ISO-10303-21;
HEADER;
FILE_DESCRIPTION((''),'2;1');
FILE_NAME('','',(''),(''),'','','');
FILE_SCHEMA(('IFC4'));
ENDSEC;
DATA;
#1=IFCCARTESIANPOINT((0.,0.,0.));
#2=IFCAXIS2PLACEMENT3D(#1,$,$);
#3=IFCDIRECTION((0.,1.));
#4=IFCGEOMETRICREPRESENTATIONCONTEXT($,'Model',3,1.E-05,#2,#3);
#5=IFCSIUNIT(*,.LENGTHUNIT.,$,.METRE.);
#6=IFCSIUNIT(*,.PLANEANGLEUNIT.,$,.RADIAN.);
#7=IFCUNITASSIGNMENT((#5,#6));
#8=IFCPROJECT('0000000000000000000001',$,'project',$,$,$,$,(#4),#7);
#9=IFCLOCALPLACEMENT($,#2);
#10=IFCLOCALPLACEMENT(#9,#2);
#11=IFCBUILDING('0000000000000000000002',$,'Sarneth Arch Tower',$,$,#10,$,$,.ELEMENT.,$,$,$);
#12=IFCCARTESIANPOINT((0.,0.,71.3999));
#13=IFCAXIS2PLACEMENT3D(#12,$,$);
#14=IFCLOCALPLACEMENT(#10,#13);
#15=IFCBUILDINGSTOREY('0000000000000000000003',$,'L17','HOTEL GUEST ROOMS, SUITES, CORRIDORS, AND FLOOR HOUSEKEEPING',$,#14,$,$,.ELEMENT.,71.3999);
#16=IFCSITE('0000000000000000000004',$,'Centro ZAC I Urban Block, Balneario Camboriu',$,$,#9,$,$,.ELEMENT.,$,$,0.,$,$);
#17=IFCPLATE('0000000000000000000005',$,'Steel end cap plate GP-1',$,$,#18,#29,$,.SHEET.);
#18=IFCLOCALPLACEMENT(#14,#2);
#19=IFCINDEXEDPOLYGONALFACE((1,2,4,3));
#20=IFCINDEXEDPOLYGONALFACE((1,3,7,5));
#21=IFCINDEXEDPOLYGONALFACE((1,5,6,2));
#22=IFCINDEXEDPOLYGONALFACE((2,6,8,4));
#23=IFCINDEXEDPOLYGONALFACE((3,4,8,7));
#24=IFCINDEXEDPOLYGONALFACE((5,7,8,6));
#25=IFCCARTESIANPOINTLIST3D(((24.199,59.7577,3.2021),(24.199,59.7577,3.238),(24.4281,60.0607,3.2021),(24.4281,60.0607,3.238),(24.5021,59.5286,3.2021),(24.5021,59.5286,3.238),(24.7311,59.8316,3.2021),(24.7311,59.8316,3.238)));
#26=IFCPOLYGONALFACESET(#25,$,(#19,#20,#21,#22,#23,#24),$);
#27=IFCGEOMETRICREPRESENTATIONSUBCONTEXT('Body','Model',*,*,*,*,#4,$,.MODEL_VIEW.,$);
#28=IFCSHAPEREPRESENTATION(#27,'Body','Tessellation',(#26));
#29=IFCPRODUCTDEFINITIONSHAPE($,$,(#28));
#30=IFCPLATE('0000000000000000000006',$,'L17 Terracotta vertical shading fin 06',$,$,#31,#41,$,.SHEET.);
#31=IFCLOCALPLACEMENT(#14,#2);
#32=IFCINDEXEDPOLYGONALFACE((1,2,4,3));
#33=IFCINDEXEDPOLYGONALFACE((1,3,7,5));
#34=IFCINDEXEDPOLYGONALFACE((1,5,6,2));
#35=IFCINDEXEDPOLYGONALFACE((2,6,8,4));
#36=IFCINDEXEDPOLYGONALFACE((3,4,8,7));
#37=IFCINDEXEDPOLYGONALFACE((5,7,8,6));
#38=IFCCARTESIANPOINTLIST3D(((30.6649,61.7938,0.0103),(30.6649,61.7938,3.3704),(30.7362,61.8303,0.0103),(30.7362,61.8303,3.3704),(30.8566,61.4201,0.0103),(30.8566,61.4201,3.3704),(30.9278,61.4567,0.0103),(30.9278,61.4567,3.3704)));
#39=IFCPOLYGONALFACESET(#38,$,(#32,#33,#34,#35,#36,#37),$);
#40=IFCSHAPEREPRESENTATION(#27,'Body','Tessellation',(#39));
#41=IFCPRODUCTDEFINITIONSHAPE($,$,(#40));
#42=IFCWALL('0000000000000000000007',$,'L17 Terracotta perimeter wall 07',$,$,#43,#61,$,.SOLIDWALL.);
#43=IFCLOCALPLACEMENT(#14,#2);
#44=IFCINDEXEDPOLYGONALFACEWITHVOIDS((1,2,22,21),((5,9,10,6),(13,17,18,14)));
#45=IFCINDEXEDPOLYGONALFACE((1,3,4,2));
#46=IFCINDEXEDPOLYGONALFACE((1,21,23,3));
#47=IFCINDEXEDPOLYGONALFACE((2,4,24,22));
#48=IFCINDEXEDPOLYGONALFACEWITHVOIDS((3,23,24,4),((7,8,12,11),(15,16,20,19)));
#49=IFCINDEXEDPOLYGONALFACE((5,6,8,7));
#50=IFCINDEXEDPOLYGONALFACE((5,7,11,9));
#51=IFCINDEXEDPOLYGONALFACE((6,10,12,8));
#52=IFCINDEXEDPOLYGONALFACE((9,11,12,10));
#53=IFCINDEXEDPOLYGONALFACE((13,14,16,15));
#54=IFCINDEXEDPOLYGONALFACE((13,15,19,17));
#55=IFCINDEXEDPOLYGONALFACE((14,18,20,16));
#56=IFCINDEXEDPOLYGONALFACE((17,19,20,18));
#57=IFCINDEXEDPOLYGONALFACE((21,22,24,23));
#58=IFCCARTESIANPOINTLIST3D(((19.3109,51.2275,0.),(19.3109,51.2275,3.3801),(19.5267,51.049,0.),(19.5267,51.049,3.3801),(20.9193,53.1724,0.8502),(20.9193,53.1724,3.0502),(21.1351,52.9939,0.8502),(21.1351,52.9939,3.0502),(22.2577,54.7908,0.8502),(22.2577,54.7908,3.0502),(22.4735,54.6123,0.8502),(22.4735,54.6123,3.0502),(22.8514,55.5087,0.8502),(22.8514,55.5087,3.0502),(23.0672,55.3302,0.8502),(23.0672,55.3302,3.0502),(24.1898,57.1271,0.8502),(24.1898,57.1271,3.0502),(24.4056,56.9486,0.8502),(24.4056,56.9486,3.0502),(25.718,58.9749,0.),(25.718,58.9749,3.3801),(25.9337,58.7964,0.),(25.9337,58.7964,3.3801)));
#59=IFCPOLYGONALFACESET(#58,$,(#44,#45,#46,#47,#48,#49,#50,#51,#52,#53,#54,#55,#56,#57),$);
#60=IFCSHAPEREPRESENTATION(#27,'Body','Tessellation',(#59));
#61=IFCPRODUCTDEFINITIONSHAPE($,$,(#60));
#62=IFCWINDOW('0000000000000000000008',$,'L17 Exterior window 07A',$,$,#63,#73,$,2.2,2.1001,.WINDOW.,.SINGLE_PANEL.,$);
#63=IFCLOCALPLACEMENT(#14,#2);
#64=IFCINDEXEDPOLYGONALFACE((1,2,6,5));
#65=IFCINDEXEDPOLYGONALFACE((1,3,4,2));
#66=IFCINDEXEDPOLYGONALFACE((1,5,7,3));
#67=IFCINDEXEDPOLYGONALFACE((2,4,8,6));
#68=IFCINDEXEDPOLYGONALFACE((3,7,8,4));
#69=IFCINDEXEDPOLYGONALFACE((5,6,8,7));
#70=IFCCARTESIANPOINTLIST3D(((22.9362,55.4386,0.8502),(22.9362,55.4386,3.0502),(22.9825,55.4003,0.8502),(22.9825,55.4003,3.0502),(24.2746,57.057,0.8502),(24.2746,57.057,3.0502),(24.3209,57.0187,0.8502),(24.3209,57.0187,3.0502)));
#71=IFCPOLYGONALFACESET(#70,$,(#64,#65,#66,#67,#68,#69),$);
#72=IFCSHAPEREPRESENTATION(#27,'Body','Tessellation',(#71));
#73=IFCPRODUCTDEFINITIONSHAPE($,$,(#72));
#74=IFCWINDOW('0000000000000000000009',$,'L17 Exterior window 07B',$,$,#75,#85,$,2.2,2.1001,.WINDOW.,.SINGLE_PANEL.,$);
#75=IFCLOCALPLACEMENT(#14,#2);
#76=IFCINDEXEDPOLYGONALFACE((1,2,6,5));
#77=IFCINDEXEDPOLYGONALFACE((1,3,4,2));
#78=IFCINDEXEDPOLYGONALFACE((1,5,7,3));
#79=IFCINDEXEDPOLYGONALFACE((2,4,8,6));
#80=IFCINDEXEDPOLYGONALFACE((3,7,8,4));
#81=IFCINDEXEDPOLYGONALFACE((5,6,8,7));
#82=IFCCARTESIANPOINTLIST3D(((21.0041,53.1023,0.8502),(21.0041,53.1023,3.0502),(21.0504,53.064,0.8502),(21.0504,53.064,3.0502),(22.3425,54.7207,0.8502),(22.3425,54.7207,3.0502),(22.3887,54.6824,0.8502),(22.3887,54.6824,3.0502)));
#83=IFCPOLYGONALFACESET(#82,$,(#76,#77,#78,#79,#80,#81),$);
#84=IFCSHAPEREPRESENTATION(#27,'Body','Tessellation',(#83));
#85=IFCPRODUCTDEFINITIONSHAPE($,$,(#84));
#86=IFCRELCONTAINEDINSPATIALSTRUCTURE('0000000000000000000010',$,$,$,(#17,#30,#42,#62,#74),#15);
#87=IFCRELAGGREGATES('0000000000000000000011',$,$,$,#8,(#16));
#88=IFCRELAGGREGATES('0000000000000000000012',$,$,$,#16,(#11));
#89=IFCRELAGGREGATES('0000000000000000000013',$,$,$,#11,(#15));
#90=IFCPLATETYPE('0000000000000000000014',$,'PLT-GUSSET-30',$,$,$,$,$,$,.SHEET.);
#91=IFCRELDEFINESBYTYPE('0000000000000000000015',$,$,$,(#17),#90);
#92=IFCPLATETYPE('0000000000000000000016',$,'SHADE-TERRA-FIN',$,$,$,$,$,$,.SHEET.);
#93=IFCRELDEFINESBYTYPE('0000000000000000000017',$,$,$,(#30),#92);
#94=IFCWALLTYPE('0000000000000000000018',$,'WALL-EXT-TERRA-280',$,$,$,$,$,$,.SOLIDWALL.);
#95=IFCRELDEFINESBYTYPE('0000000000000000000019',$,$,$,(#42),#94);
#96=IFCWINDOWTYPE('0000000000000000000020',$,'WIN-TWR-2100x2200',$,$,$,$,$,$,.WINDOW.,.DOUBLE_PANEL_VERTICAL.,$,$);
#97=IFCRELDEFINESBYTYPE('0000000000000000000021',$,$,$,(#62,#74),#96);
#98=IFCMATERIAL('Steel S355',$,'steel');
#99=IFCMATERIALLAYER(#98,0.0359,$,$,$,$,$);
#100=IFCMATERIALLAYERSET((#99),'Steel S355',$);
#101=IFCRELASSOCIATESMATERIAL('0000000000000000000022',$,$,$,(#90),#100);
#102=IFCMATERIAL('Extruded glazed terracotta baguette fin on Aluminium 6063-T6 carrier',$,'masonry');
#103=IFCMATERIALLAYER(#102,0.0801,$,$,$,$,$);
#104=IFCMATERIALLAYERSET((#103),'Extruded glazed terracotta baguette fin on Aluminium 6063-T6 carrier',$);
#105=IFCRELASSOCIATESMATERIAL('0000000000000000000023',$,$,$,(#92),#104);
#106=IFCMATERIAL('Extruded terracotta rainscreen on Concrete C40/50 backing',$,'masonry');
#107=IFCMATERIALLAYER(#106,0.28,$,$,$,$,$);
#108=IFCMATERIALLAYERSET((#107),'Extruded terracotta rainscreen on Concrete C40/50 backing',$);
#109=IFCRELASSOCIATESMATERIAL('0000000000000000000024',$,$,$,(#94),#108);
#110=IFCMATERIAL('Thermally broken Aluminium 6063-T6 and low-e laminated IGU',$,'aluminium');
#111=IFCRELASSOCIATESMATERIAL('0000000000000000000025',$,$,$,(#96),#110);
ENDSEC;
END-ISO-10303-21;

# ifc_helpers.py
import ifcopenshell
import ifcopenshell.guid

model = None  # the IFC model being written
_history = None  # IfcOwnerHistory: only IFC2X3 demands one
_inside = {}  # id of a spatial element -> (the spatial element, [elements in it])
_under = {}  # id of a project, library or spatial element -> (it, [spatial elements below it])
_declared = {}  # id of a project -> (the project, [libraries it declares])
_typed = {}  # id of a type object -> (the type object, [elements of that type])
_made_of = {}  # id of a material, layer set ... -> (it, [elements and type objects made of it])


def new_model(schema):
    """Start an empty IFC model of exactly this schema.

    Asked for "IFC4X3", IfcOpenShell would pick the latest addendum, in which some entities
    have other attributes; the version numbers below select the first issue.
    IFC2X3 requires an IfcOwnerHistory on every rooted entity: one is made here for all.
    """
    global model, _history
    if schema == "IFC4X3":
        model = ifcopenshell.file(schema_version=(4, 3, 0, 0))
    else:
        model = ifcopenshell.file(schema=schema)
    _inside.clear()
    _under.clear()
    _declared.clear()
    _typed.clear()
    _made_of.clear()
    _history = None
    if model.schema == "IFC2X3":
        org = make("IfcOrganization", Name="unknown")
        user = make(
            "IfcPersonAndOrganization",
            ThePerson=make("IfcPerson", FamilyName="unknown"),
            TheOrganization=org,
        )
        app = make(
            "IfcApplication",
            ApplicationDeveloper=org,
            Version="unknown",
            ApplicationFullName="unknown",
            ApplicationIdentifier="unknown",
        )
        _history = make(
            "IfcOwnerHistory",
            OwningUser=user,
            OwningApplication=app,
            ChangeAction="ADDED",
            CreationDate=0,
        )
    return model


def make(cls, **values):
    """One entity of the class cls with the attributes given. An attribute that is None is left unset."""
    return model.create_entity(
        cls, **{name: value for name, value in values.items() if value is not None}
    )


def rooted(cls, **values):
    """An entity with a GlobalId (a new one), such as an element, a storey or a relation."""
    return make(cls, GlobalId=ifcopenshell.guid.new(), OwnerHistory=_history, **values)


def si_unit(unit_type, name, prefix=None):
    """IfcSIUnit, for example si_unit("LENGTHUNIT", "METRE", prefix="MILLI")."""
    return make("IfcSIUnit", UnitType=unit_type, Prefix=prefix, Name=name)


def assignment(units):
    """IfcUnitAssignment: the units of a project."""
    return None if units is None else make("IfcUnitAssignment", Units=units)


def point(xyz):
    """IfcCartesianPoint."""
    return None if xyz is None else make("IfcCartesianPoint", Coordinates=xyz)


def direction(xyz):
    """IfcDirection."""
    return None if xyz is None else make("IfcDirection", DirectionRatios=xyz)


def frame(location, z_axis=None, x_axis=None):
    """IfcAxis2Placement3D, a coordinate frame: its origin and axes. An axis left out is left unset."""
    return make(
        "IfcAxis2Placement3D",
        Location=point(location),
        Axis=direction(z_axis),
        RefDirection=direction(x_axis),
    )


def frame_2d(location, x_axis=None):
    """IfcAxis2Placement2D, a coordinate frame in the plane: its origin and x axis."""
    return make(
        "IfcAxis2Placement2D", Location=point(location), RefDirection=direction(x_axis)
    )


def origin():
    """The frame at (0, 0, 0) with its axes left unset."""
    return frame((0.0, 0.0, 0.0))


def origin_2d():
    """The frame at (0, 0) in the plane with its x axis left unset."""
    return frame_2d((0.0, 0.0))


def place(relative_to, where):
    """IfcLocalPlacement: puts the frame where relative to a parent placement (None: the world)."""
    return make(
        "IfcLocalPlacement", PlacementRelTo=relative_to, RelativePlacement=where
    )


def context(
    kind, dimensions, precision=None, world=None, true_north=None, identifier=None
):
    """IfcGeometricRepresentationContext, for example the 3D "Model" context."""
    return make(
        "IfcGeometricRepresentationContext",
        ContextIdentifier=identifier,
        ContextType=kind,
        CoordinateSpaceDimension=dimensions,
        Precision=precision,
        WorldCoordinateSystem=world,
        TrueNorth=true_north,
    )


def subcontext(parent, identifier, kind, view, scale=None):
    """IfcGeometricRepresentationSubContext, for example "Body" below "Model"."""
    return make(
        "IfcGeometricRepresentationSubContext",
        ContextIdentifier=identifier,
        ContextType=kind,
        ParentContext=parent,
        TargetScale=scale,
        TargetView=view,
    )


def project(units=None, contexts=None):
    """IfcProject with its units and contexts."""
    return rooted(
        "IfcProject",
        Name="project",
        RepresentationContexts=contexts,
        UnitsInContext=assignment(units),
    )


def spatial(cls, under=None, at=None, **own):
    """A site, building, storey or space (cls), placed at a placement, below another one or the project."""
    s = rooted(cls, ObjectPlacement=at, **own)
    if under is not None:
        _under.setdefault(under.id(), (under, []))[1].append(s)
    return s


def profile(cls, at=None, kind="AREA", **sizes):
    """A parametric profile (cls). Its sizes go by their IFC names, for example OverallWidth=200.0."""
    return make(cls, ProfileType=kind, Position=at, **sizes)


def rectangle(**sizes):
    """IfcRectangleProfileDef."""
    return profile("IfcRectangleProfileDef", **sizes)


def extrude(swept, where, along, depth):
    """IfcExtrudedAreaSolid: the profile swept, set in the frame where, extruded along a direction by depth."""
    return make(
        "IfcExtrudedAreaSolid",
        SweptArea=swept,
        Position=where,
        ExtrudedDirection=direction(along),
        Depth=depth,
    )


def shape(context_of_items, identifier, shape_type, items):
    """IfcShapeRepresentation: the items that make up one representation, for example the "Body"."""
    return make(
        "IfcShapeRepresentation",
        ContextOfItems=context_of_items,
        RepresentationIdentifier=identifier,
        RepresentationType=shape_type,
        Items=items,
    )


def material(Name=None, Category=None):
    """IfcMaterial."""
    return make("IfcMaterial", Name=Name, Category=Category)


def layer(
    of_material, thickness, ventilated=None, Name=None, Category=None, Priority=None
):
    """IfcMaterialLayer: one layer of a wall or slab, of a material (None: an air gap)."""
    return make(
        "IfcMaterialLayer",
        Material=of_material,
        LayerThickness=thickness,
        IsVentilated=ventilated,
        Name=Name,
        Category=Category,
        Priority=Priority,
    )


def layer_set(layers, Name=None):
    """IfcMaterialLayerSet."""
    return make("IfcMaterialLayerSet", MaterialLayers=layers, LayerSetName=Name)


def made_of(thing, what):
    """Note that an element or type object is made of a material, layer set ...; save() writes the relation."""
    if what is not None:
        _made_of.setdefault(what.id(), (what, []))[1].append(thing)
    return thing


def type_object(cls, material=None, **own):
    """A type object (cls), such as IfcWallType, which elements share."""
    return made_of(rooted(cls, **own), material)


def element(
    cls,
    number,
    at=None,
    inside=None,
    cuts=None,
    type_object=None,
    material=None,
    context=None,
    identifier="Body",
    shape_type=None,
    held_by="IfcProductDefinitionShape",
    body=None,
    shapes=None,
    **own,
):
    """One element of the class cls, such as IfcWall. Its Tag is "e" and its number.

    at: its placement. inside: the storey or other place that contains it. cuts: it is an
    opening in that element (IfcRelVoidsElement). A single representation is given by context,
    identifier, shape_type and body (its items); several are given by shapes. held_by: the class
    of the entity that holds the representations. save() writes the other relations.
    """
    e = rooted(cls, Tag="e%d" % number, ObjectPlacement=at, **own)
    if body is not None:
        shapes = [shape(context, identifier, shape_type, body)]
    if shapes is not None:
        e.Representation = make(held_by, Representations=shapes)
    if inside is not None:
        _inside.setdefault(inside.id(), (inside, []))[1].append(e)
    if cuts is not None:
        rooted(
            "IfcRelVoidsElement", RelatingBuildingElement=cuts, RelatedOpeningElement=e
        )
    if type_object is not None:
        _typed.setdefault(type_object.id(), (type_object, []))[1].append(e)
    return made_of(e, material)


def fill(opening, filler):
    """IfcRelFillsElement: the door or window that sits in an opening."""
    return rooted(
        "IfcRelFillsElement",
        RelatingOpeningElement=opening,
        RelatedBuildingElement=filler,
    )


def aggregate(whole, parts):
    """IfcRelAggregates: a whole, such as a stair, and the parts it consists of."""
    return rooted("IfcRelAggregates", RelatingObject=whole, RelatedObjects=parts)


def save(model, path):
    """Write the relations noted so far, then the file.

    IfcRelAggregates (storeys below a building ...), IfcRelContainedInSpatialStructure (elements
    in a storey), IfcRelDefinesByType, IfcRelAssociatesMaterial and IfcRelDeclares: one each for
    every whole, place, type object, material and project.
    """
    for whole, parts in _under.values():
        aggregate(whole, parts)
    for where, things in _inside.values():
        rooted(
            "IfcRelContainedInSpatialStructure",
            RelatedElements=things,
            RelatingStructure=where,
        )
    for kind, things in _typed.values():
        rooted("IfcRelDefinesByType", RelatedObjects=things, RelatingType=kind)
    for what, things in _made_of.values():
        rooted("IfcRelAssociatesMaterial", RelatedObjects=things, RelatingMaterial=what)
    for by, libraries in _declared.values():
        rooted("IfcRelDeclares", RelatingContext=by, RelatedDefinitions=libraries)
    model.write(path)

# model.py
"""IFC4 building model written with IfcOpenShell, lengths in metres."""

from ifc_helpers import new_model, si_unit, direction, frame, frame_2d, origin, origin_2d, place, context, subcontext, project, spatial, rectangle, extrude, material, layer, layer_set, type_object, element, fill, save


model = new_model("IFC4")

# Units and contexts
model_context = context("Model", 3, precision=1e-05, world=origin(), true_north=direction((0.0, 1.0)))
body_context = subcontext(model_context, "Body", "Model", "MODEL_VIEW")
ifc_project = project(units=[si_unit("LENGTHUNIT", "METRE"), si_unit("PLANEANGLEUNIT", "RADIAN")], contexts=[model_context])

# Site, building, storey
site_placement = place(None, origin())
site = spatial("IfcSite", under=ifc_project, at=site_placement, Name="Centro ZAC I Urban Block, Balneario Camboriu", CompositionType="ELEMENT", RefElevation=0.0)
building_placement = place(site_placement, origin())
building = spatial("IfcBuilding", under=site, at=building_placement, Name="Sarneth Arch Tower", CompositionType="ELEMENT")
storey_placement = place(building_placement, frame((0.0, 0.0, 71.3999)))
storey = spatial("IfcBuildingStorey", under=building, at=storey_placement, Name="L17", Description="HOTEL GUEST ROOMS, SUITES, CORRIDORS, AND FLOOR HOUSEKEEPING", CompositionType="ELEMENT", Elevation=71.3999)

# Plates
ifc_material_1 = material(Name="Steel S355", Category="steel")
ifc_layer_1 = layer(ifc_material_1, 0.0359)
ifc_layer_set_1 = layer_set([ifc_layer_1], Name="Steel S355")
plate_type_1 = type_object("IfcPlateType", Name="PLT-GUSSET-30", PredefinedType="SHEET", material=ifc_layer_set_1)
plate_1_placement = place(storey_placement, frame((24.4651, 59.7947, 3.2021), z_axis=(0.0, 0.0, 1.0), x_axis=(-0.797689, 0.603069, 0.0)))
element("IfcPlate", 1, at=plate_1_placement, inside=storey, type_object=plate_type_1, Name="Steel end cap plate GP-1", PredefinedType="SHEET", context=body_context, shape_type="SweptSolid", body=[
    extrude(rectangle(XDim=0.3799, YDim=0.3799, at=origin_2d()), origin(), (0.0, 0.0, 1.0), 0.0359),
])
ifc_material_2 = material(Name="Extruded glazed terracotta baguette fin on Aluminium 6063-T6 carrier", Category="masonry")
ifc_layer_2 = layer(ifc_material_2, 0.0801)
ifc_layer_set_2 = layer_set([ifc_layer_2], Name="Extruded glazed terracotta baguette fin on Aluminium 6063-T6 carrier")
plate_type_2 = type_object("IfcPlateType", Name="SHADE-TERRA-FIN", PredefinedType="SHEET", material=ifc_layer_set_2)
plate_2_placement = place(storey_placement, frame((30.7964, 61.6252, 0.0103), z_axis=(0.0, 0.0, 1.0), x_axis=(-0.456322, 0.889815, 0.0)))
element("IfcPlate", 2, at=plate_2_placement, inside=storey, type_object=plate_type_2, Name="L17 Terracotta vertical shading fin 06", PredefinedType="SHEET", context=body_context, shape_type="SweptSolid", body=[
    extrude(rectangle(XDim=0.4199, YDim=0.0801, at=origin_2d()), origin(), (0.0, 0.0, 1.0), 3.3601),
])

# Wall, openings, windows
ifc_material_3 = material(Name="Extruded terracotta rainscreen on Concrete C40/50 backing", Category="masonry")
ifc_layer_3 = layer(ifc_material_3, 0.28)
ifc_layer_set_3 = layer_set([ifc_layer_3], Name="Extruded terracotta rainscreen on Concrete C40/50 backing")
wall_type = type_object("IfcWallType", Name="WALL-EXT-TERRA-280", PredefinedType="SOLIDWALL", material=ifc_layer_set_3)
wall_placement = place(storey_placement, frame((25.8259, 58.8857, 0.0), z_axis=(0.0, 0.0, 1.0), x_axis=(-0.637297, -0.770618, 0.0)))
wall = element("IfcWall", 3, at=wall_placement, inside=storey, type_object=wall_type, Name="L17 Terracotta perimeter wall 07", PredefinedType="SOLIDWALL", context=body_context, shape_type="SweptSolid", body=[
    extrude(rectangle(XDim=10.0535, YDim=0.28, at=frame_2d((5.0269, 0.0))), origin(), (0.0, 0.0, 1.0), 3.3801),
])
opening_1_placement = place(wall_placement, frame((2.3979, 0.0, 0.8501)))
opening_1 = element("IfcOpeningElement", 4, at=opening_1_placement, cuts=wall, PredefinedType="OPENING", context=body_context, shape_type="SweptSolid", body=[
    extrude(rectangle(XDim=2.1001, YDim=2.2, at=frame_2d((1.05, 1.1001))), frame((0.0, 0.1499, 0.0), z_axis=(0.0, -1.0, 0.0), x_axis=(1.0, 0.0, 0.0)), (0.0, 0.0, 1.0), 0.3),
])
opening_2_placement = place(wall_placement, frame((5.4297, 0.0, 0.8501)))
opening_2 = element("IfcOpeningElement", 5, at=opening_2_placement, cuts=wall, PredefinedType="OPENING", context=body_context, shape_type="SweptSolid", body=[
    extrude(rectangle(XDim=2.1001, YDim=2.2, at=frame_2d((1.05, 1.1001))), frame((0.0, 0.1499, 0.0), z_axis=(0.0, -1.0, 0.0), x_axis=(1.0, 0.0, 0.0)), (0.0, 0.0, 1.0), 0.3),
])
ifc_material_4 = material(Name="Thermally broken Aluminium 6063-T6 and low-e laminated IGU", Category="aluminium")
window_type = type_object("IfcWindowType", Name="WIN-TWR-2100x2200", PartitioningType="DOUBLE_PANEL_VERTICAL", PredefinedType="WINDOW", material=ifc_material_4)
window_1_placement = place(opening_1_placement, origin())
window_1 = element("IfcWindow", 6, at=window_1_placement, inside=storey, type_object=window_type, Name="L17 Exterior window 07A", OverallHeight=2.2, OverallWidth=2.1001, PartitioningType="SINGLE_PANEL", PredefinedType="WINDOW", context=body_context, shape_type="SweptSolid", body=[
    extrude(rectangle(XDim=2.1001, YDim=2.2, at=frame_2d((1.05, 1.1001))), frame((0.0, 0.03, 0.0), z_axis=(0.0, -1.0, 0.0), x_axis=(1.0, 0.0, 0.0)), (0.0, 0.0, 1.0), 0.0601),
])
fill(opening_1, window_1)
window_2_placement = place(opening_2_placement, origin())
window_2 = element("IfcWindow", 7, at=window_2_placement, inside=storey, type_object=window_type, Name="L17 Exterior window 07B", OverallHeight=2.2, OverallWidth=2.1001, PartitioningType="SINGLE_PANEL", PredefinedType="WINDOW", context=body_context, shape_type="SweptSolid", body=[
    extrude(rectangle(XDim=2.1001, YDim=2.2, at=frame_2d((1.05, 1.1001))), frame((0.0, 0.03, 0.0), z_axis=(0.0, -1.0, 0.0), x_axis=(1.0, 0.0, 0.0)), (0.0, 0.0, 1.0), 0.0601),
])
fill(opening_2, window_2)

save(model, "model.ifc")
